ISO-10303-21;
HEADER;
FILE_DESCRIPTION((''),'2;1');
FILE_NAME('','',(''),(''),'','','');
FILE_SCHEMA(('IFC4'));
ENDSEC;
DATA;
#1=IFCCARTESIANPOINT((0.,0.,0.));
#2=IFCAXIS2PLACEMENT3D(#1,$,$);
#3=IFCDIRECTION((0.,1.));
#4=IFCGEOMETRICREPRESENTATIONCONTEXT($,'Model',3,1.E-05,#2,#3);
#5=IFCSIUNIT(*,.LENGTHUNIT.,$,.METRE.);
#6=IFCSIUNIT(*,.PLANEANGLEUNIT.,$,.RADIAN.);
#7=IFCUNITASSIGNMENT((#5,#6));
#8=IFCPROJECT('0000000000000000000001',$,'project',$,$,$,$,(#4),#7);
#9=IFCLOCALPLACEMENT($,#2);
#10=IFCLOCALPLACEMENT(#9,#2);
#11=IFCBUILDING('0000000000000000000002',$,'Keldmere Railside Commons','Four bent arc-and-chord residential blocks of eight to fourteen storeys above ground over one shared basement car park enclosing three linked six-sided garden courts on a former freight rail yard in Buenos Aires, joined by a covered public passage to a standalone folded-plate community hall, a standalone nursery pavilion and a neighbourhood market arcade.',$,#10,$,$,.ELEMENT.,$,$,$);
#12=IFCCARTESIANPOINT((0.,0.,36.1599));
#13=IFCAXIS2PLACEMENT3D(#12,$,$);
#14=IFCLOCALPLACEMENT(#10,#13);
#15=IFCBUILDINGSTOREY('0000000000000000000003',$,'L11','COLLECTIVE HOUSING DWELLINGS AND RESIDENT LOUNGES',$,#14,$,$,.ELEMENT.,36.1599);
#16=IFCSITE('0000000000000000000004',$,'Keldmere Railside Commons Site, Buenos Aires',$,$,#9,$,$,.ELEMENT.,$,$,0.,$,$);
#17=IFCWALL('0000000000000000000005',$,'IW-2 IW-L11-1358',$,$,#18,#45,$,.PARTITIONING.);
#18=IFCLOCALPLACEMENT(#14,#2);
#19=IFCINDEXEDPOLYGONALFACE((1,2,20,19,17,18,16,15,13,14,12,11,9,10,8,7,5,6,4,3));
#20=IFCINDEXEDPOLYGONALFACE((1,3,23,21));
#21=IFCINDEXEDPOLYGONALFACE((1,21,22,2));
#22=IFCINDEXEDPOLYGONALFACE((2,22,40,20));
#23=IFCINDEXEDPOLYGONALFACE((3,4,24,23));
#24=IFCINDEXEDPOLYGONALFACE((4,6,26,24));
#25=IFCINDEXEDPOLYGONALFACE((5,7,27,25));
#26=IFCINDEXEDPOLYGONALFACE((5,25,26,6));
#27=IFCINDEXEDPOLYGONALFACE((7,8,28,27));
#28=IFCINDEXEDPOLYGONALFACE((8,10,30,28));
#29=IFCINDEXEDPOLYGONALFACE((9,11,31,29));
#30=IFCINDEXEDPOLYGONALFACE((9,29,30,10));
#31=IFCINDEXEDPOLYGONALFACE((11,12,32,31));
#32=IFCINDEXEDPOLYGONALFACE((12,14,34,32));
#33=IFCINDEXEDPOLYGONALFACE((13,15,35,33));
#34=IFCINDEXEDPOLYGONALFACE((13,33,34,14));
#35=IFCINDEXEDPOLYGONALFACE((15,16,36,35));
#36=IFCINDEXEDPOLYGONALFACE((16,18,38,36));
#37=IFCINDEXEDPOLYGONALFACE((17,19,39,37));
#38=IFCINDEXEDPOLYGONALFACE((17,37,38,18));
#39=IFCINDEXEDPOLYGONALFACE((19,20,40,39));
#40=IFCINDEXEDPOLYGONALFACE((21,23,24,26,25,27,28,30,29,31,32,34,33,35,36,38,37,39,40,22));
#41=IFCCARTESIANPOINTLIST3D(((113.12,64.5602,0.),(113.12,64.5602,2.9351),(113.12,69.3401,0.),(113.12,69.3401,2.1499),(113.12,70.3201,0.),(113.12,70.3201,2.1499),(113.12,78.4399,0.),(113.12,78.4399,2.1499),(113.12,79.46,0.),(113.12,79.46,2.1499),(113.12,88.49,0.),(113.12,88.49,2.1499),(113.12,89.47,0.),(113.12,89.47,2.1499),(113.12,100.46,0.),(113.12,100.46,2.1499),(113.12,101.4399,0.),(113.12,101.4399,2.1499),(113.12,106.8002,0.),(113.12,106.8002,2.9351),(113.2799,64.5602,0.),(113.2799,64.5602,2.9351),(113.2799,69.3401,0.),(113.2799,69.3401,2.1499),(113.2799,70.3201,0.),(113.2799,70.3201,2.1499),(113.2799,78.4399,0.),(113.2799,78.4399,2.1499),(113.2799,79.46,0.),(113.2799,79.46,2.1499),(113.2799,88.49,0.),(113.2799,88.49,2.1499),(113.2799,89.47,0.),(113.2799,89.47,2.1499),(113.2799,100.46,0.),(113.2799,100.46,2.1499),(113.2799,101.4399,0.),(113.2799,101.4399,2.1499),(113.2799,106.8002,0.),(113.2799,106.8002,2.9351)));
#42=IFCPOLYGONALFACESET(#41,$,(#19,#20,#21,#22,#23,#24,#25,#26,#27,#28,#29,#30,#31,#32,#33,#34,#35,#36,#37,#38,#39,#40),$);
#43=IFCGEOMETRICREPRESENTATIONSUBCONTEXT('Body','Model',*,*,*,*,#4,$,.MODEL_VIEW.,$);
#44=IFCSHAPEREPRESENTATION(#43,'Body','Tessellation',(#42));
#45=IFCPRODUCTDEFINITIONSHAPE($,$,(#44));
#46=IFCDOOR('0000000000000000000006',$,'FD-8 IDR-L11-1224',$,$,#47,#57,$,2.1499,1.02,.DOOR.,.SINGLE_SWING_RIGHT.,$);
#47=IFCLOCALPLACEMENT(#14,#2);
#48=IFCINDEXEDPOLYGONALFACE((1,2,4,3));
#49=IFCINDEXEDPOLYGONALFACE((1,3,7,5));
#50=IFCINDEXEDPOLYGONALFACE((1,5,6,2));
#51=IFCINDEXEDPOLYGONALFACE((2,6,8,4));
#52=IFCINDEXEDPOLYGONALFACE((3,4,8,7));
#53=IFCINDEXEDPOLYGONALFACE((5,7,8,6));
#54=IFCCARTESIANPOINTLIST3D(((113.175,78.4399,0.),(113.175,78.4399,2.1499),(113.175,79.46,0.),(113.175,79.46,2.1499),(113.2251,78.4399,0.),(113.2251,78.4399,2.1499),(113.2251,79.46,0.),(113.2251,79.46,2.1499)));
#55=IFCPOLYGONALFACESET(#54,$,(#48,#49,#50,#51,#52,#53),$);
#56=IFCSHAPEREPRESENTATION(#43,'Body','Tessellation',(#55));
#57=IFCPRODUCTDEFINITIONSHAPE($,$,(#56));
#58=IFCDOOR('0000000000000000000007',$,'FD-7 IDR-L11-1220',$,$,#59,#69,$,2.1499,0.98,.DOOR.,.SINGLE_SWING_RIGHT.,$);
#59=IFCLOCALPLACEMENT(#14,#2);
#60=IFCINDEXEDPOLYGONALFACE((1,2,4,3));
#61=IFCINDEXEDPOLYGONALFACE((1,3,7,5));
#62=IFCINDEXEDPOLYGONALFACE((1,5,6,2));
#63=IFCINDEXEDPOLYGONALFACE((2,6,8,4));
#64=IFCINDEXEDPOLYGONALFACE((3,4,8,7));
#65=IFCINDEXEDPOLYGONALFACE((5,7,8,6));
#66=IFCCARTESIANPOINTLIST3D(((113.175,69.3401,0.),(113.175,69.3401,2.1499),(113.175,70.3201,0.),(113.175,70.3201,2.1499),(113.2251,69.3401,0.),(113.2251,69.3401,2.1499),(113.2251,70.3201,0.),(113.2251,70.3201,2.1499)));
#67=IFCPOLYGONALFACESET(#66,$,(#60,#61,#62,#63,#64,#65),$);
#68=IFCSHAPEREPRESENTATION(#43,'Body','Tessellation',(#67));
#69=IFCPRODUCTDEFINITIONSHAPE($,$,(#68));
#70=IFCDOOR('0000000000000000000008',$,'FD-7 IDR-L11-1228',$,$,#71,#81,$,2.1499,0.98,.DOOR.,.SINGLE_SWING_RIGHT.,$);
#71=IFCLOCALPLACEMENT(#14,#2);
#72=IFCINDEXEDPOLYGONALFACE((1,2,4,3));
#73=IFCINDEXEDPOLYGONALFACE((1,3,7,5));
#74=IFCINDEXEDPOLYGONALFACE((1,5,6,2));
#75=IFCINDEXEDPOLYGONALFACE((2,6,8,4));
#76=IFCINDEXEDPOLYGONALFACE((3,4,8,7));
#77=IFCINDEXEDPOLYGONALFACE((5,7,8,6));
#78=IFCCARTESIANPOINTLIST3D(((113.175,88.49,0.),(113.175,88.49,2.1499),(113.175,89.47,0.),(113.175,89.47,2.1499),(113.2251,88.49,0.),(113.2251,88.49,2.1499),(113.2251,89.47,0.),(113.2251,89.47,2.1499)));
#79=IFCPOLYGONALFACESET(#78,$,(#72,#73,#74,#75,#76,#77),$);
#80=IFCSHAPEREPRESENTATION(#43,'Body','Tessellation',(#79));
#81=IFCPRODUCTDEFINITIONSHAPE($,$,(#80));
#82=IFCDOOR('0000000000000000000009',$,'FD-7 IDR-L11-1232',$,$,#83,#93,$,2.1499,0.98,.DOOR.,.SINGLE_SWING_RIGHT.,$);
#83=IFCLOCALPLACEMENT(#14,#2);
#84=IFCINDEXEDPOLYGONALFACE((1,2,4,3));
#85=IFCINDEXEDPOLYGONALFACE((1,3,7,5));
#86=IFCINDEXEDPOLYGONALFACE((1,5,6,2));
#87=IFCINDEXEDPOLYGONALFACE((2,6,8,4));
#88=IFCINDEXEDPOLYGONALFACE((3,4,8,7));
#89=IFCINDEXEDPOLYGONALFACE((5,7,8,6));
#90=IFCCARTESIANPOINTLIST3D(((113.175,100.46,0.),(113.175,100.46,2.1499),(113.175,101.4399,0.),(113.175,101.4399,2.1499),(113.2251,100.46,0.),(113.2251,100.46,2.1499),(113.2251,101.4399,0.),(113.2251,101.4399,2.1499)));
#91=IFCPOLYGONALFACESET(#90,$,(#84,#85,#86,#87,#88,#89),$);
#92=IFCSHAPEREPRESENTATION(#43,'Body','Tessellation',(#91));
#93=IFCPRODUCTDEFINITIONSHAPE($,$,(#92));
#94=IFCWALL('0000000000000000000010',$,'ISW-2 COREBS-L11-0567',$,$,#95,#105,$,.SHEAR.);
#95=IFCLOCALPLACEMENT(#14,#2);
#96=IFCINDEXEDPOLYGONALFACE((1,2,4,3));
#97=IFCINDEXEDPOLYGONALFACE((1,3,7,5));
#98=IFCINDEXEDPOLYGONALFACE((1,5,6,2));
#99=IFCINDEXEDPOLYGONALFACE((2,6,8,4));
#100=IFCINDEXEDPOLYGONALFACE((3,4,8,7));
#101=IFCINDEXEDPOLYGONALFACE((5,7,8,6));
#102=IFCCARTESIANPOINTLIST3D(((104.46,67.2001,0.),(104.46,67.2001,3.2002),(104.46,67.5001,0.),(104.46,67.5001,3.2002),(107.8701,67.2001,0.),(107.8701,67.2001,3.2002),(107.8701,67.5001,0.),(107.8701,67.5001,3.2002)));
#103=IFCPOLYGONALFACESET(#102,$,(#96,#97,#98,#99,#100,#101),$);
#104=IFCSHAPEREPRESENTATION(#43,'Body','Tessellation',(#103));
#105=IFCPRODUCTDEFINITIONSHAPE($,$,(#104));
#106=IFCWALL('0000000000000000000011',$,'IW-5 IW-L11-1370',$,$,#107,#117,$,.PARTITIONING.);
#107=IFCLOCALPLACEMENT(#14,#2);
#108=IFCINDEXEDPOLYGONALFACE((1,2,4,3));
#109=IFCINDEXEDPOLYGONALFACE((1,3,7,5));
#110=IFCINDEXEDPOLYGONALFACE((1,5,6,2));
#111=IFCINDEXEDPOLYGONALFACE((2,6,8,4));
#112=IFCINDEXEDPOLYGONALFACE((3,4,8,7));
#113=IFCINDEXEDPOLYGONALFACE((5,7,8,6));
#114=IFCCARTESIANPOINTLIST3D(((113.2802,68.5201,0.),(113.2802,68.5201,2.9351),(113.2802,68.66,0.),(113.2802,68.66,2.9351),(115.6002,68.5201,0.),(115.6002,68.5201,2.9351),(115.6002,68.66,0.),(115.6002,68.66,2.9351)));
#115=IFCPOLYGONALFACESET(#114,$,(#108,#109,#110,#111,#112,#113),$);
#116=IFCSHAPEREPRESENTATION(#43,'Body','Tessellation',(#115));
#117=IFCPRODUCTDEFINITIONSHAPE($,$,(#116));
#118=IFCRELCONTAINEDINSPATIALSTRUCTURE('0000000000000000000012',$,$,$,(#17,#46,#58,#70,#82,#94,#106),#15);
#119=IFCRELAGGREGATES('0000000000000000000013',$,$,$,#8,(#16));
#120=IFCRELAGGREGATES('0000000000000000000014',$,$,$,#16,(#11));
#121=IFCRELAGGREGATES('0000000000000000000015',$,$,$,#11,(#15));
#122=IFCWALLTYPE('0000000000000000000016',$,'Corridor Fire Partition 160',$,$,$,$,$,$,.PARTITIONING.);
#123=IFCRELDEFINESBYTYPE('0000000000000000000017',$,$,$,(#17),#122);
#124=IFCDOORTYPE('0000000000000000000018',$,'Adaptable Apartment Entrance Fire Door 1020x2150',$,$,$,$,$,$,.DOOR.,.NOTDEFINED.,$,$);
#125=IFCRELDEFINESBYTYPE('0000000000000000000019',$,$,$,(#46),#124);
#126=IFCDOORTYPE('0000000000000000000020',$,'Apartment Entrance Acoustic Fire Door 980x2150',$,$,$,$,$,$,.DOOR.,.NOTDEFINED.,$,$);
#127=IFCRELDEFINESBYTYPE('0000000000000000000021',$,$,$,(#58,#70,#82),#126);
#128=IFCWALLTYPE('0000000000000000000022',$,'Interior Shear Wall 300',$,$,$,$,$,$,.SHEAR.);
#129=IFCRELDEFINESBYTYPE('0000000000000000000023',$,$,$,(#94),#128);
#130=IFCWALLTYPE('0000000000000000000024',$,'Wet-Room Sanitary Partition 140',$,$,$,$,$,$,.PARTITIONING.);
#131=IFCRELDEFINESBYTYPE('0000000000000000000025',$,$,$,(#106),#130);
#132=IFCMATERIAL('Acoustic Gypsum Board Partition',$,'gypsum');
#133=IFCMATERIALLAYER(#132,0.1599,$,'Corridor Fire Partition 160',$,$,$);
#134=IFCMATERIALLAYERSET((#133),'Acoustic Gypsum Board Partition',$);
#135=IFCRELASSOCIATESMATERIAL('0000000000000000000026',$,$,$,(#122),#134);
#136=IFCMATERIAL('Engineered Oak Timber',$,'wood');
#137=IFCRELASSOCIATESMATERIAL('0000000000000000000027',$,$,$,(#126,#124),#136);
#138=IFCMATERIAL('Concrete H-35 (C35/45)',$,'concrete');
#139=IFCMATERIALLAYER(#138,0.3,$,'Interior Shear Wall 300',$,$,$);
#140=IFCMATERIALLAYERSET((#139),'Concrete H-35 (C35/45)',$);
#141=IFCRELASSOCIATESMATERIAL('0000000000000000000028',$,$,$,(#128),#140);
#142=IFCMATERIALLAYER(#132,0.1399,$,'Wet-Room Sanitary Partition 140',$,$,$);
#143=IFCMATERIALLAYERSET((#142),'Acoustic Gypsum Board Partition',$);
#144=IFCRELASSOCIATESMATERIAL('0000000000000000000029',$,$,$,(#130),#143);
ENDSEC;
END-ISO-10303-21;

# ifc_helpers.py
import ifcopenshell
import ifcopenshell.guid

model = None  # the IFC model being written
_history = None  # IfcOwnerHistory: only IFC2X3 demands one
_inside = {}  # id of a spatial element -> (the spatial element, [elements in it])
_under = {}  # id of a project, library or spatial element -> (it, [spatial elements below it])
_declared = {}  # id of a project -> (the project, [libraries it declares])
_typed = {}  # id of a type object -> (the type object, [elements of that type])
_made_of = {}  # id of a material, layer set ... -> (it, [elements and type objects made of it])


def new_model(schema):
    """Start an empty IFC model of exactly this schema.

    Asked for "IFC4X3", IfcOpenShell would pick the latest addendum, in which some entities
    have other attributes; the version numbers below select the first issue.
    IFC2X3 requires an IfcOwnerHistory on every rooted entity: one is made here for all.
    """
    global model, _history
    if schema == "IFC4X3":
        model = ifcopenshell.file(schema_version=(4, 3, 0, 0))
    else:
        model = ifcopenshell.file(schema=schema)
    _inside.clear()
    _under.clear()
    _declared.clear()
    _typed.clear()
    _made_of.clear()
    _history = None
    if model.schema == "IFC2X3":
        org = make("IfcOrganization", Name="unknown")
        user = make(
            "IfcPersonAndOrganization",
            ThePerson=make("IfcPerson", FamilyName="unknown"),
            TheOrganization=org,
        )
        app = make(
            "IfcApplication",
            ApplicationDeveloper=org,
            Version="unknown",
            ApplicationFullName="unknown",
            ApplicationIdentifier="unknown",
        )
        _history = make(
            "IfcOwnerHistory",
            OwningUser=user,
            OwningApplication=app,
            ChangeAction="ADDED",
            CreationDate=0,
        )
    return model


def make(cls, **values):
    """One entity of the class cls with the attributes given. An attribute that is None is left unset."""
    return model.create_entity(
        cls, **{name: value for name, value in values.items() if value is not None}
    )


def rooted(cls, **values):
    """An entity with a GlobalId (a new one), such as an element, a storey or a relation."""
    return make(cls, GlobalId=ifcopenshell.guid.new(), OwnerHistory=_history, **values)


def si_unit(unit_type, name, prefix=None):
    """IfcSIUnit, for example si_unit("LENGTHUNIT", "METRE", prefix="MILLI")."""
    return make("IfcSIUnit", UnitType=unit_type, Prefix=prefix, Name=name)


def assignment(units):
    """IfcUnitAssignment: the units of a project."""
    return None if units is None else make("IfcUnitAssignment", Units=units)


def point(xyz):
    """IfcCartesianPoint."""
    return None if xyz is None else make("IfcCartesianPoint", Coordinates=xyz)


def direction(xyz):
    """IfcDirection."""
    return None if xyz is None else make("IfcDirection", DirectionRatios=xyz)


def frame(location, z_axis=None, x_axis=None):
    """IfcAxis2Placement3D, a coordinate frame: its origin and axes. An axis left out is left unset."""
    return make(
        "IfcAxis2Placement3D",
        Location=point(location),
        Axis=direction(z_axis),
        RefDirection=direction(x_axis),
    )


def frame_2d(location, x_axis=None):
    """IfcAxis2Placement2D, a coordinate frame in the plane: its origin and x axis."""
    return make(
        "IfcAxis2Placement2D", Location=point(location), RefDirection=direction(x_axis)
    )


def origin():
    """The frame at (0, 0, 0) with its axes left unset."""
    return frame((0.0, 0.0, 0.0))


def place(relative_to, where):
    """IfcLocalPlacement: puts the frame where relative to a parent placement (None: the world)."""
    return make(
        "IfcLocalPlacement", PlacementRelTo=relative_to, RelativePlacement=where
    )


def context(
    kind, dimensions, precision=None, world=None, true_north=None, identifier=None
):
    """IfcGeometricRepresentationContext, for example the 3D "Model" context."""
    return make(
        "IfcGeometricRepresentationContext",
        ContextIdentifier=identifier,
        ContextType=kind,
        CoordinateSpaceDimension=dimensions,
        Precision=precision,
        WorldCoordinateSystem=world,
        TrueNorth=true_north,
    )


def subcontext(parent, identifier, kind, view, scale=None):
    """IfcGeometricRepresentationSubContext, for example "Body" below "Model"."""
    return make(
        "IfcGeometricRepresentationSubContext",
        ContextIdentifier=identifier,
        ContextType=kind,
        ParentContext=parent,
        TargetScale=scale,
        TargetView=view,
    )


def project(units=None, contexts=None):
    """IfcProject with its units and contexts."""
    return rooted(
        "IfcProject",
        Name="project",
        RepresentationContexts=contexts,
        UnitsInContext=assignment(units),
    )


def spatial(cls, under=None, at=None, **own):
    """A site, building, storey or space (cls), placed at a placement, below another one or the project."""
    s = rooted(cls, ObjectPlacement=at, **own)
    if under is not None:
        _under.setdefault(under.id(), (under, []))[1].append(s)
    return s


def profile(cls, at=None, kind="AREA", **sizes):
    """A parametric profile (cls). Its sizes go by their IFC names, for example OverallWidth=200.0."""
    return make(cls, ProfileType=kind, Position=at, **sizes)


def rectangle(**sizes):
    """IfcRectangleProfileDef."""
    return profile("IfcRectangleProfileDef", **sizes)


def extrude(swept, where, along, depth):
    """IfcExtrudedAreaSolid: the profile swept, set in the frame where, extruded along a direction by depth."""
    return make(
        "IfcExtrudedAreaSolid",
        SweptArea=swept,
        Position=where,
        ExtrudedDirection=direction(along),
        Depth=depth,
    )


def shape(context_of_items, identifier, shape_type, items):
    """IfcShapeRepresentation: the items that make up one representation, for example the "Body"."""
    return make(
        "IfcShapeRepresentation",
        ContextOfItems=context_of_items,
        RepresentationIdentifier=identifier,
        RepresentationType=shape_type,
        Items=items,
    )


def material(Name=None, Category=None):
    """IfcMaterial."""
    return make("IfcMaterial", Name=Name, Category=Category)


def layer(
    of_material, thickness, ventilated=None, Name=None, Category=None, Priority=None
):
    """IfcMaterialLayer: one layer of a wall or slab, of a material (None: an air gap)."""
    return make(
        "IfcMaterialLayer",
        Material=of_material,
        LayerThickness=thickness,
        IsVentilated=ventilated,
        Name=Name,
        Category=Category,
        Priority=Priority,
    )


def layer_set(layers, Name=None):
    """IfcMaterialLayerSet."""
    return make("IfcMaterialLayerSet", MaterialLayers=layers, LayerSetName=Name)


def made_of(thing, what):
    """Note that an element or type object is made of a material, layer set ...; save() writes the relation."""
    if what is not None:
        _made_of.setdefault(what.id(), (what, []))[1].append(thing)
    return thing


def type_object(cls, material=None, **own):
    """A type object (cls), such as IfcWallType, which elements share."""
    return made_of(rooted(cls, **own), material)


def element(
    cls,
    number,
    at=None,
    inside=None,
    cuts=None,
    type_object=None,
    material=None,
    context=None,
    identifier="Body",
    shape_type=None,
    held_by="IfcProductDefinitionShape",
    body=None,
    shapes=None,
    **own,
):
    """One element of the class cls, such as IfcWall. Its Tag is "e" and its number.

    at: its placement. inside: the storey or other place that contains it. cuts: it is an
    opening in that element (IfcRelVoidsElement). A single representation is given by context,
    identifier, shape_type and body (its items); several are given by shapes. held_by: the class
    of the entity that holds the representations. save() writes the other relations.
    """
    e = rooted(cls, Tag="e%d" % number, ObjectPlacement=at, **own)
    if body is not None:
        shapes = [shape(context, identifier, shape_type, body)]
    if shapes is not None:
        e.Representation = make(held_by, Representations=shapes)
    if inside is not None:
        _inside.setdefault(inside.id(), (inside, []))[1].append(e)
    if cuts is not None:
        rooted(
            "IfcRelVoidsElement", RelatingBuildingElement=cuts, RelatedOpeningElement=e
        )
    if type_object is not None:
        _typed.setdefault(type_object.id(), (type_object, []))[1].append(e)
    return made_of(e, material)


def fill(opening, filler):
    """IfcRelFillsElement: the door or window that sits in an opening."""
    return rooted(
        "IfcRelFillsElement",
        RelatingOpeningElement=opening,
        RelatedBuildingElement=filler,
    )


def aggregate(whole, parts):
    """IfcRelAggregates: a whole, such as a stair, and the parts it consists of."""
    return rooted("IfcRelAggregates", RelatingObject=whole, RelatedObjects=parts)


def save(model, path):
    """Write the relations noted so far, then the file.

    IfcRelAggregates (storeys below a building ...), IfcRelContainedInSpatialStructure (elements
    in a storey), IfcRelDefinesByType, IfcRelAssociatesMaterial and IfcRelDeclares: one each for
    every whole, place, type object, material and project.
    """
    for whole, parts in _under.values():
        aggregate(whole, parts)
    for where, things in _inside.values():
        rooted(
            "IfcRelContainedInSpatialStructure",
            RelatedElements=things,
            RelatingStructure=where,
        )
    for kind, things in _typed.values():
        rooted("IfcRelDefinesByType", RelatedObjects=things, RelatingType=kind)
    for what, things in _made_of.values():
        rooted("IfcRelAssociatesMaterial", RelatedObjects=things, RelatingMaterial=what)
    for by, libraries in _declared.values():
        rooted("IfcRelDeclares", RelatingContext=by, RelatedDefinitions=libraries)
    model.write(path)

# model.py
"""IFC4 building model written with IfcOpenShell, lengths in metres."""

from ifc_helpers import new_model, si_unit, direction, frame, frame_2d, origin, place, context, subcontext, project, spatial, rectangle, extrude, material, layer, layer_set, type_object, element, fill, save


model = new_model("IFC4")

# Units and contexts
model_context = context("Model", 3, precision=1e-05, world=origin(), true_north=direction((0.0, 1.0)))
body_context = subcontext(model_context, "Body", "Model", "MODEL_VIEW")
ifc_project = project(units=[si_unit("LENGTHUNIT", "METRE"), si_unit("PLANEANGLEUNIT", "RADIAN")], contexts=[model_context])

# Site, building, storey
site_placement = place(None, origin())
site = spatial("IfcSite", under=ifc_project, at=site_placement, Name="Keldmere Railside Commons Site, Buenos Aires", CompositionType="ELEMENT", RefElevation=0.0)
building_placement = place(site_placement, origin())
building = spatial("IfcBuilding", under=site, at=building_placement, Name="Keldmere Railside Commons", Description="Four bent arc-and-chord residential blocks of eight to fourteen storeys above ground over one shared basement car park enclosing three linked six-sided garden courts on a former freight rail yard in Buenos Aires, joined by a covered public passage to a standalone folded-plate community hall, a standalone nursery pavilion and a neighbourhood market arcade.", CompositionType="ELEMENT")
storey_placement = place(building_placement, frame((0.0, 0.0, 36.1599)))
storey = spatial("IfcBuildingStorey", under=building, at=storey_placement, Name="L11", Description="COLLECTIVE HOUSING DWELLINGS AND RESIDENT LOUNGES", CompositionType="ELEMENT", Elevation=36.1599)

# Shared definitions
ifc_material_1 = material(Name="Concrete H-35 (C35/45)", Category="concrete")

# Wall, openings, doors
ifc_material_2 = material(Name="Acoustic Gypsum Board Partition", Category="gypsum")
ifc_material_3 = material(Name="Engineered Oak Timber", Category="wood")
ifc_layer_1 = layer(ifc_material_2, 0.1599, Name="Corridor Fire Partition 160")
ifc_layer_set_1 = layer_set([ifc_layer_1], Name="Acoustic Gypsum Board Partition")
wall_type_1 = type_object("IfcWallType", Name="Corridor Fire Partition 160", PredefinedType="PARTITIONING", material=ifc_layer_set_1)
door_type_1 = type_object("IfcDoorType", Name="Apartment Entrance Acoustic Fire Door 980x2150", OperationType="NOTDEFINED", PredefinedType="DOOR", material=ifc_material_3)
wall_1_placement = place(storey_placement, frame((113.2, 64.5601, 0.0), z_axis=(0.0, 0.0, 1.0), x_axis=(0.0, 1.0, 0.0)))
wall_1 = element("IfcWall", 1, at=wall_1_placement, inside=storey, type_object=wall_type_1, Name="IW-2 IW-L11-1358", PredefinedType="PARTITIONING", context=body_context, shape_type="SweptSolid", body=[
    extrude(rectangle(XDim=42.24, YDim=0.1599, at=frame_2d((21.1201, 0.0))), origin(), (0.0, 0.0, 1.0), 2.9351),
])
opening_1_placement = place(wall_1_placement, frame((4.78, 0.0, 0.0)))
opening_1 = element("IfcOpeningElement", 2, at=opening_1_placement, cuts=wall_1, PredefinedType="OPENING", context=body_context, shape_type="SweptSolid", body=[
    extrude(rectangle(XDim=0.98, YDim=2.1499, at=frame_2d((0.49, 1.075))), frame((0.0, 0.0898, 0.0), z_axis=(0.0, -1.0, 0.0), x_axis=(1.0, 0.0, 0.0)), (0.0, 0.0, 1.0), 0.1799),
])
opening_2_placement = place(wall_1_placement, frame((13.8799, 0.0, 0.0)))
opening_2 = element("IfcOpeningElement", 3, at=opening_2_placement, cuts=wall_1, PredefinedType="OPENING", context=body_context, shape_type="SweptSolid", body=[
    extrude(rectangle(XDim=1.02, YDim=2.1499, at=frame_2d((0.51, 1.075))), frame((0.0, 0.0898, 0.0), z_axis=(0.0, -1.0, 0.0), x_axis=(1.0, 0.0, 0.0)), (0.0, 0.0, 1.0), 0.1799),
])
opening_3_placement = place(wall_1_placement, frame((23.9299, 0.0, 0.0)))
opening_3 = element("IfcOpeningElement", 4, at=opening_3_placement, cuts=wall_1, PredefinedType="OPENING", context=body_context, shape_type="SweptSolid", body=[
    extrude(rectangle(XDim=0.98, YDim=2.1499, at=frame_2d((0.49, 1.075))), frame((0.0, 0.0898, 0.0), z_axis=(0.0, -1.0, 0.0), x_axis=(1.0, 0.0, 0.0)), (0.0, 0.0, 1.0), 0.1799),
])
opening_4_placement = place(wall_1_placement, frame((35.8999, 0.0, 0.0)))
opening_4 = element("IfcOpeningElement", 5, at=opening_4_placement, cuts=wall_1, PredefinedType="OPENING", context=body_context, shape_type="SweptSolid", body=[
    extrude(rectangle(XDim=0.98, YDim=2.1499, at=frame_2d((0.49, 1.075))), frame((0.0, 0.0898, 0.0), z_axis=(0.0, -1.0, 0.0), x_axis=(1.0, 0.0, 0.0)), (0.0, 0.0, 1.0), 0.1799),
])
door_type_2 = type_object("IfcDoorType", Name="Adaptable Apartment Entrance Fire Door 1020x2150", OperationType="NOTDEFINED", PredefinedType="DOOR", material=ifc_material_3)
door_1_placement = place(opening_2_placement, origin())
door_1 = element("IfcDoor", 6, at=door_1_placement, inside=storey, type_object=door_type_2, Name="FD-8 IDR-L11-1224", OperationType="SINGLE_SWING_RIGHT", OverallHeight=2.1499, OverallWidth=1.02, PredefinedType="DOOR", context=body_context, shape_type="SweptSolid", body=[
    extrude(rectangle(XDim=1.02, YDim=2.1499, at=frame_2d((0.51, 1.075))), frame((0.0, 0.0249, 0.0), z_axis=(0.0, -1.0, 0.0), x_axis=(1.0, 0.0, 0.0)), (0.0, 0.0, 1.0), 0.05),
])
fill(opening_2, door_1)
door_2_placement = place(opening_1_placement, origin())
door_2 = element("IfcDoor", 7, at=door_2_placement, inside=storey, type_object=door_type_1, Name="FD-7 IDR-L11-1220", OperationType="SINGLE_SWING_RIGHT", OverallHeight=2.1499, OverallWidth=0.98, PredefinedType="DOOR", context=body_context, shape_type="SweptSolid", body=[
    extrude(rectangle(XDim=0.98, YDim=2.1499, at=frame_2d((0.49, 1.075))), frame((0.0, 0.0249, 0.0), z_axis=(0.0, -1.0, 0.0), x_axis=(1.0, 0.0, 0.0)), (0.0, 0.0, 1.0), 0.05),
])
fill(opening_1, door_2)
door_3_placement = place(opening_3_placement, origin())
door_3 = element("IfcDoor", 8, at=door_3_placement, inside=storey, type_object=door_type_1, Name="FD-7 IDR-L11-1228", OperationType="SINGLE_SWING_RIGHT", OverallHeight=2.1499, OverallWidth=0.98, PredefinedType="DOOR", context=body_context, shape_type="SweptSolid", body=[
    extrude(rectangle(XDim=0.98, YDim=2.1499, at=frame_2d((0.49, 1.075))), frame((0.0, 0.0249, 0.0), z_axis=(0.0, -1.0, 0.0), x_axis=(1.0, 0.0, 0.0)), (0.0, 0.0, 1.0), 0.05),
])
fill(opening_3, door_3)
door_4_placement = place(opening_4_placement, origin())
door_4 = element("IfcDoor", 9, at=door_4_placement, inside=storey, type_object=door_type_1, Name="FD-7 IDR-L11-1232", OperationType="SINGLE_SWING_RIGHT", OverallHeight=2.1499, OverallWidth=0.98, PredefinedType="DOOR", context=body_context, shape_type="SweptSolid", body=[
    extrude(rectangle(XDim=0.98, YDim=2.1499, at=frame_2d((0.49, 1.075))), frame((0.0, 0.0249, 0.0), z_axis=(0.0, -1.0, 0.0), x_axis=(1.0, 0.0, 0.0)), (0.0, 0.0, 1.0), 0.05),
])
fill(opening_4, door_4)

# Walls
ifc_layer_2 = layer(ifc_material_1, 0.3, Name="Interior Shear Wall 300")
ifc_layer_set_2 = layer_set([ifc_layer_2], Name="Concrete H-35 (C35/45)")
wall_type_2 = type_object("IfcWallType", Name="Interior Shear Wall 300", PredefinedType="SHEAR", material=ifc_layer_set_2)
wall_2_placement = place(storey_placement, frame((107.8701, 67.3501, 0.0), z_axis=(0.0, 0.0, 1.0), x_axis=(-1.0, 0.0, 0.0)))
element("IfcWall", 10, at=wall_2_placement, inside=storey, type_object=wall_type_2, Name="ISW-2 COREBS-L11-0567", PredefinedType="SHEAR", context=body_context, shape_type="SweptSolid", body=[
    extrude(rectangle(XDim=3.4102, YDim=0.3, at=frame_2d((1.7051, 0.0))), origin(), (0.0, 0.0, 1.0), 3.2002),
])
ifc_layer_3 = layer(ifc_material_2, 0.1399, Name="Wet-Room Sanitary Partition 140")
ifc_layer_set_3 = layer_set([ifc_layer_3], Name="Acoustic Gypsum Board Partition")
wall_type_3 = type_object("IfcWallType", Name="Wet-Room Sanitary Partition 140", PredefinedType="PARTITIONING", material=ifc_layer_set_3)
wall_3_placement = place(storey_placement, frame((113.28, 68.5901, 0.0), z_axis=(0.0, 0.0, 1.0), x_axis=(1.0, 0.0, 0.0)))
element("IfcWall", 11, at=wall_3_placement, inside=storey, type_object=wall_type_3, Name="IW-5 IW-L11-1370", PredefinedType="PARTITIONING", context=body_context, shape_type="SweptSolid", body=[
    extrude(rectangle(XDim=2.3201, YDim=0.1399, at=frame_2d((1.1602, 0.0))), origin(), (0.0, 0.0, 1.0), 2.9351),
])

save(model, "model.ifc")
